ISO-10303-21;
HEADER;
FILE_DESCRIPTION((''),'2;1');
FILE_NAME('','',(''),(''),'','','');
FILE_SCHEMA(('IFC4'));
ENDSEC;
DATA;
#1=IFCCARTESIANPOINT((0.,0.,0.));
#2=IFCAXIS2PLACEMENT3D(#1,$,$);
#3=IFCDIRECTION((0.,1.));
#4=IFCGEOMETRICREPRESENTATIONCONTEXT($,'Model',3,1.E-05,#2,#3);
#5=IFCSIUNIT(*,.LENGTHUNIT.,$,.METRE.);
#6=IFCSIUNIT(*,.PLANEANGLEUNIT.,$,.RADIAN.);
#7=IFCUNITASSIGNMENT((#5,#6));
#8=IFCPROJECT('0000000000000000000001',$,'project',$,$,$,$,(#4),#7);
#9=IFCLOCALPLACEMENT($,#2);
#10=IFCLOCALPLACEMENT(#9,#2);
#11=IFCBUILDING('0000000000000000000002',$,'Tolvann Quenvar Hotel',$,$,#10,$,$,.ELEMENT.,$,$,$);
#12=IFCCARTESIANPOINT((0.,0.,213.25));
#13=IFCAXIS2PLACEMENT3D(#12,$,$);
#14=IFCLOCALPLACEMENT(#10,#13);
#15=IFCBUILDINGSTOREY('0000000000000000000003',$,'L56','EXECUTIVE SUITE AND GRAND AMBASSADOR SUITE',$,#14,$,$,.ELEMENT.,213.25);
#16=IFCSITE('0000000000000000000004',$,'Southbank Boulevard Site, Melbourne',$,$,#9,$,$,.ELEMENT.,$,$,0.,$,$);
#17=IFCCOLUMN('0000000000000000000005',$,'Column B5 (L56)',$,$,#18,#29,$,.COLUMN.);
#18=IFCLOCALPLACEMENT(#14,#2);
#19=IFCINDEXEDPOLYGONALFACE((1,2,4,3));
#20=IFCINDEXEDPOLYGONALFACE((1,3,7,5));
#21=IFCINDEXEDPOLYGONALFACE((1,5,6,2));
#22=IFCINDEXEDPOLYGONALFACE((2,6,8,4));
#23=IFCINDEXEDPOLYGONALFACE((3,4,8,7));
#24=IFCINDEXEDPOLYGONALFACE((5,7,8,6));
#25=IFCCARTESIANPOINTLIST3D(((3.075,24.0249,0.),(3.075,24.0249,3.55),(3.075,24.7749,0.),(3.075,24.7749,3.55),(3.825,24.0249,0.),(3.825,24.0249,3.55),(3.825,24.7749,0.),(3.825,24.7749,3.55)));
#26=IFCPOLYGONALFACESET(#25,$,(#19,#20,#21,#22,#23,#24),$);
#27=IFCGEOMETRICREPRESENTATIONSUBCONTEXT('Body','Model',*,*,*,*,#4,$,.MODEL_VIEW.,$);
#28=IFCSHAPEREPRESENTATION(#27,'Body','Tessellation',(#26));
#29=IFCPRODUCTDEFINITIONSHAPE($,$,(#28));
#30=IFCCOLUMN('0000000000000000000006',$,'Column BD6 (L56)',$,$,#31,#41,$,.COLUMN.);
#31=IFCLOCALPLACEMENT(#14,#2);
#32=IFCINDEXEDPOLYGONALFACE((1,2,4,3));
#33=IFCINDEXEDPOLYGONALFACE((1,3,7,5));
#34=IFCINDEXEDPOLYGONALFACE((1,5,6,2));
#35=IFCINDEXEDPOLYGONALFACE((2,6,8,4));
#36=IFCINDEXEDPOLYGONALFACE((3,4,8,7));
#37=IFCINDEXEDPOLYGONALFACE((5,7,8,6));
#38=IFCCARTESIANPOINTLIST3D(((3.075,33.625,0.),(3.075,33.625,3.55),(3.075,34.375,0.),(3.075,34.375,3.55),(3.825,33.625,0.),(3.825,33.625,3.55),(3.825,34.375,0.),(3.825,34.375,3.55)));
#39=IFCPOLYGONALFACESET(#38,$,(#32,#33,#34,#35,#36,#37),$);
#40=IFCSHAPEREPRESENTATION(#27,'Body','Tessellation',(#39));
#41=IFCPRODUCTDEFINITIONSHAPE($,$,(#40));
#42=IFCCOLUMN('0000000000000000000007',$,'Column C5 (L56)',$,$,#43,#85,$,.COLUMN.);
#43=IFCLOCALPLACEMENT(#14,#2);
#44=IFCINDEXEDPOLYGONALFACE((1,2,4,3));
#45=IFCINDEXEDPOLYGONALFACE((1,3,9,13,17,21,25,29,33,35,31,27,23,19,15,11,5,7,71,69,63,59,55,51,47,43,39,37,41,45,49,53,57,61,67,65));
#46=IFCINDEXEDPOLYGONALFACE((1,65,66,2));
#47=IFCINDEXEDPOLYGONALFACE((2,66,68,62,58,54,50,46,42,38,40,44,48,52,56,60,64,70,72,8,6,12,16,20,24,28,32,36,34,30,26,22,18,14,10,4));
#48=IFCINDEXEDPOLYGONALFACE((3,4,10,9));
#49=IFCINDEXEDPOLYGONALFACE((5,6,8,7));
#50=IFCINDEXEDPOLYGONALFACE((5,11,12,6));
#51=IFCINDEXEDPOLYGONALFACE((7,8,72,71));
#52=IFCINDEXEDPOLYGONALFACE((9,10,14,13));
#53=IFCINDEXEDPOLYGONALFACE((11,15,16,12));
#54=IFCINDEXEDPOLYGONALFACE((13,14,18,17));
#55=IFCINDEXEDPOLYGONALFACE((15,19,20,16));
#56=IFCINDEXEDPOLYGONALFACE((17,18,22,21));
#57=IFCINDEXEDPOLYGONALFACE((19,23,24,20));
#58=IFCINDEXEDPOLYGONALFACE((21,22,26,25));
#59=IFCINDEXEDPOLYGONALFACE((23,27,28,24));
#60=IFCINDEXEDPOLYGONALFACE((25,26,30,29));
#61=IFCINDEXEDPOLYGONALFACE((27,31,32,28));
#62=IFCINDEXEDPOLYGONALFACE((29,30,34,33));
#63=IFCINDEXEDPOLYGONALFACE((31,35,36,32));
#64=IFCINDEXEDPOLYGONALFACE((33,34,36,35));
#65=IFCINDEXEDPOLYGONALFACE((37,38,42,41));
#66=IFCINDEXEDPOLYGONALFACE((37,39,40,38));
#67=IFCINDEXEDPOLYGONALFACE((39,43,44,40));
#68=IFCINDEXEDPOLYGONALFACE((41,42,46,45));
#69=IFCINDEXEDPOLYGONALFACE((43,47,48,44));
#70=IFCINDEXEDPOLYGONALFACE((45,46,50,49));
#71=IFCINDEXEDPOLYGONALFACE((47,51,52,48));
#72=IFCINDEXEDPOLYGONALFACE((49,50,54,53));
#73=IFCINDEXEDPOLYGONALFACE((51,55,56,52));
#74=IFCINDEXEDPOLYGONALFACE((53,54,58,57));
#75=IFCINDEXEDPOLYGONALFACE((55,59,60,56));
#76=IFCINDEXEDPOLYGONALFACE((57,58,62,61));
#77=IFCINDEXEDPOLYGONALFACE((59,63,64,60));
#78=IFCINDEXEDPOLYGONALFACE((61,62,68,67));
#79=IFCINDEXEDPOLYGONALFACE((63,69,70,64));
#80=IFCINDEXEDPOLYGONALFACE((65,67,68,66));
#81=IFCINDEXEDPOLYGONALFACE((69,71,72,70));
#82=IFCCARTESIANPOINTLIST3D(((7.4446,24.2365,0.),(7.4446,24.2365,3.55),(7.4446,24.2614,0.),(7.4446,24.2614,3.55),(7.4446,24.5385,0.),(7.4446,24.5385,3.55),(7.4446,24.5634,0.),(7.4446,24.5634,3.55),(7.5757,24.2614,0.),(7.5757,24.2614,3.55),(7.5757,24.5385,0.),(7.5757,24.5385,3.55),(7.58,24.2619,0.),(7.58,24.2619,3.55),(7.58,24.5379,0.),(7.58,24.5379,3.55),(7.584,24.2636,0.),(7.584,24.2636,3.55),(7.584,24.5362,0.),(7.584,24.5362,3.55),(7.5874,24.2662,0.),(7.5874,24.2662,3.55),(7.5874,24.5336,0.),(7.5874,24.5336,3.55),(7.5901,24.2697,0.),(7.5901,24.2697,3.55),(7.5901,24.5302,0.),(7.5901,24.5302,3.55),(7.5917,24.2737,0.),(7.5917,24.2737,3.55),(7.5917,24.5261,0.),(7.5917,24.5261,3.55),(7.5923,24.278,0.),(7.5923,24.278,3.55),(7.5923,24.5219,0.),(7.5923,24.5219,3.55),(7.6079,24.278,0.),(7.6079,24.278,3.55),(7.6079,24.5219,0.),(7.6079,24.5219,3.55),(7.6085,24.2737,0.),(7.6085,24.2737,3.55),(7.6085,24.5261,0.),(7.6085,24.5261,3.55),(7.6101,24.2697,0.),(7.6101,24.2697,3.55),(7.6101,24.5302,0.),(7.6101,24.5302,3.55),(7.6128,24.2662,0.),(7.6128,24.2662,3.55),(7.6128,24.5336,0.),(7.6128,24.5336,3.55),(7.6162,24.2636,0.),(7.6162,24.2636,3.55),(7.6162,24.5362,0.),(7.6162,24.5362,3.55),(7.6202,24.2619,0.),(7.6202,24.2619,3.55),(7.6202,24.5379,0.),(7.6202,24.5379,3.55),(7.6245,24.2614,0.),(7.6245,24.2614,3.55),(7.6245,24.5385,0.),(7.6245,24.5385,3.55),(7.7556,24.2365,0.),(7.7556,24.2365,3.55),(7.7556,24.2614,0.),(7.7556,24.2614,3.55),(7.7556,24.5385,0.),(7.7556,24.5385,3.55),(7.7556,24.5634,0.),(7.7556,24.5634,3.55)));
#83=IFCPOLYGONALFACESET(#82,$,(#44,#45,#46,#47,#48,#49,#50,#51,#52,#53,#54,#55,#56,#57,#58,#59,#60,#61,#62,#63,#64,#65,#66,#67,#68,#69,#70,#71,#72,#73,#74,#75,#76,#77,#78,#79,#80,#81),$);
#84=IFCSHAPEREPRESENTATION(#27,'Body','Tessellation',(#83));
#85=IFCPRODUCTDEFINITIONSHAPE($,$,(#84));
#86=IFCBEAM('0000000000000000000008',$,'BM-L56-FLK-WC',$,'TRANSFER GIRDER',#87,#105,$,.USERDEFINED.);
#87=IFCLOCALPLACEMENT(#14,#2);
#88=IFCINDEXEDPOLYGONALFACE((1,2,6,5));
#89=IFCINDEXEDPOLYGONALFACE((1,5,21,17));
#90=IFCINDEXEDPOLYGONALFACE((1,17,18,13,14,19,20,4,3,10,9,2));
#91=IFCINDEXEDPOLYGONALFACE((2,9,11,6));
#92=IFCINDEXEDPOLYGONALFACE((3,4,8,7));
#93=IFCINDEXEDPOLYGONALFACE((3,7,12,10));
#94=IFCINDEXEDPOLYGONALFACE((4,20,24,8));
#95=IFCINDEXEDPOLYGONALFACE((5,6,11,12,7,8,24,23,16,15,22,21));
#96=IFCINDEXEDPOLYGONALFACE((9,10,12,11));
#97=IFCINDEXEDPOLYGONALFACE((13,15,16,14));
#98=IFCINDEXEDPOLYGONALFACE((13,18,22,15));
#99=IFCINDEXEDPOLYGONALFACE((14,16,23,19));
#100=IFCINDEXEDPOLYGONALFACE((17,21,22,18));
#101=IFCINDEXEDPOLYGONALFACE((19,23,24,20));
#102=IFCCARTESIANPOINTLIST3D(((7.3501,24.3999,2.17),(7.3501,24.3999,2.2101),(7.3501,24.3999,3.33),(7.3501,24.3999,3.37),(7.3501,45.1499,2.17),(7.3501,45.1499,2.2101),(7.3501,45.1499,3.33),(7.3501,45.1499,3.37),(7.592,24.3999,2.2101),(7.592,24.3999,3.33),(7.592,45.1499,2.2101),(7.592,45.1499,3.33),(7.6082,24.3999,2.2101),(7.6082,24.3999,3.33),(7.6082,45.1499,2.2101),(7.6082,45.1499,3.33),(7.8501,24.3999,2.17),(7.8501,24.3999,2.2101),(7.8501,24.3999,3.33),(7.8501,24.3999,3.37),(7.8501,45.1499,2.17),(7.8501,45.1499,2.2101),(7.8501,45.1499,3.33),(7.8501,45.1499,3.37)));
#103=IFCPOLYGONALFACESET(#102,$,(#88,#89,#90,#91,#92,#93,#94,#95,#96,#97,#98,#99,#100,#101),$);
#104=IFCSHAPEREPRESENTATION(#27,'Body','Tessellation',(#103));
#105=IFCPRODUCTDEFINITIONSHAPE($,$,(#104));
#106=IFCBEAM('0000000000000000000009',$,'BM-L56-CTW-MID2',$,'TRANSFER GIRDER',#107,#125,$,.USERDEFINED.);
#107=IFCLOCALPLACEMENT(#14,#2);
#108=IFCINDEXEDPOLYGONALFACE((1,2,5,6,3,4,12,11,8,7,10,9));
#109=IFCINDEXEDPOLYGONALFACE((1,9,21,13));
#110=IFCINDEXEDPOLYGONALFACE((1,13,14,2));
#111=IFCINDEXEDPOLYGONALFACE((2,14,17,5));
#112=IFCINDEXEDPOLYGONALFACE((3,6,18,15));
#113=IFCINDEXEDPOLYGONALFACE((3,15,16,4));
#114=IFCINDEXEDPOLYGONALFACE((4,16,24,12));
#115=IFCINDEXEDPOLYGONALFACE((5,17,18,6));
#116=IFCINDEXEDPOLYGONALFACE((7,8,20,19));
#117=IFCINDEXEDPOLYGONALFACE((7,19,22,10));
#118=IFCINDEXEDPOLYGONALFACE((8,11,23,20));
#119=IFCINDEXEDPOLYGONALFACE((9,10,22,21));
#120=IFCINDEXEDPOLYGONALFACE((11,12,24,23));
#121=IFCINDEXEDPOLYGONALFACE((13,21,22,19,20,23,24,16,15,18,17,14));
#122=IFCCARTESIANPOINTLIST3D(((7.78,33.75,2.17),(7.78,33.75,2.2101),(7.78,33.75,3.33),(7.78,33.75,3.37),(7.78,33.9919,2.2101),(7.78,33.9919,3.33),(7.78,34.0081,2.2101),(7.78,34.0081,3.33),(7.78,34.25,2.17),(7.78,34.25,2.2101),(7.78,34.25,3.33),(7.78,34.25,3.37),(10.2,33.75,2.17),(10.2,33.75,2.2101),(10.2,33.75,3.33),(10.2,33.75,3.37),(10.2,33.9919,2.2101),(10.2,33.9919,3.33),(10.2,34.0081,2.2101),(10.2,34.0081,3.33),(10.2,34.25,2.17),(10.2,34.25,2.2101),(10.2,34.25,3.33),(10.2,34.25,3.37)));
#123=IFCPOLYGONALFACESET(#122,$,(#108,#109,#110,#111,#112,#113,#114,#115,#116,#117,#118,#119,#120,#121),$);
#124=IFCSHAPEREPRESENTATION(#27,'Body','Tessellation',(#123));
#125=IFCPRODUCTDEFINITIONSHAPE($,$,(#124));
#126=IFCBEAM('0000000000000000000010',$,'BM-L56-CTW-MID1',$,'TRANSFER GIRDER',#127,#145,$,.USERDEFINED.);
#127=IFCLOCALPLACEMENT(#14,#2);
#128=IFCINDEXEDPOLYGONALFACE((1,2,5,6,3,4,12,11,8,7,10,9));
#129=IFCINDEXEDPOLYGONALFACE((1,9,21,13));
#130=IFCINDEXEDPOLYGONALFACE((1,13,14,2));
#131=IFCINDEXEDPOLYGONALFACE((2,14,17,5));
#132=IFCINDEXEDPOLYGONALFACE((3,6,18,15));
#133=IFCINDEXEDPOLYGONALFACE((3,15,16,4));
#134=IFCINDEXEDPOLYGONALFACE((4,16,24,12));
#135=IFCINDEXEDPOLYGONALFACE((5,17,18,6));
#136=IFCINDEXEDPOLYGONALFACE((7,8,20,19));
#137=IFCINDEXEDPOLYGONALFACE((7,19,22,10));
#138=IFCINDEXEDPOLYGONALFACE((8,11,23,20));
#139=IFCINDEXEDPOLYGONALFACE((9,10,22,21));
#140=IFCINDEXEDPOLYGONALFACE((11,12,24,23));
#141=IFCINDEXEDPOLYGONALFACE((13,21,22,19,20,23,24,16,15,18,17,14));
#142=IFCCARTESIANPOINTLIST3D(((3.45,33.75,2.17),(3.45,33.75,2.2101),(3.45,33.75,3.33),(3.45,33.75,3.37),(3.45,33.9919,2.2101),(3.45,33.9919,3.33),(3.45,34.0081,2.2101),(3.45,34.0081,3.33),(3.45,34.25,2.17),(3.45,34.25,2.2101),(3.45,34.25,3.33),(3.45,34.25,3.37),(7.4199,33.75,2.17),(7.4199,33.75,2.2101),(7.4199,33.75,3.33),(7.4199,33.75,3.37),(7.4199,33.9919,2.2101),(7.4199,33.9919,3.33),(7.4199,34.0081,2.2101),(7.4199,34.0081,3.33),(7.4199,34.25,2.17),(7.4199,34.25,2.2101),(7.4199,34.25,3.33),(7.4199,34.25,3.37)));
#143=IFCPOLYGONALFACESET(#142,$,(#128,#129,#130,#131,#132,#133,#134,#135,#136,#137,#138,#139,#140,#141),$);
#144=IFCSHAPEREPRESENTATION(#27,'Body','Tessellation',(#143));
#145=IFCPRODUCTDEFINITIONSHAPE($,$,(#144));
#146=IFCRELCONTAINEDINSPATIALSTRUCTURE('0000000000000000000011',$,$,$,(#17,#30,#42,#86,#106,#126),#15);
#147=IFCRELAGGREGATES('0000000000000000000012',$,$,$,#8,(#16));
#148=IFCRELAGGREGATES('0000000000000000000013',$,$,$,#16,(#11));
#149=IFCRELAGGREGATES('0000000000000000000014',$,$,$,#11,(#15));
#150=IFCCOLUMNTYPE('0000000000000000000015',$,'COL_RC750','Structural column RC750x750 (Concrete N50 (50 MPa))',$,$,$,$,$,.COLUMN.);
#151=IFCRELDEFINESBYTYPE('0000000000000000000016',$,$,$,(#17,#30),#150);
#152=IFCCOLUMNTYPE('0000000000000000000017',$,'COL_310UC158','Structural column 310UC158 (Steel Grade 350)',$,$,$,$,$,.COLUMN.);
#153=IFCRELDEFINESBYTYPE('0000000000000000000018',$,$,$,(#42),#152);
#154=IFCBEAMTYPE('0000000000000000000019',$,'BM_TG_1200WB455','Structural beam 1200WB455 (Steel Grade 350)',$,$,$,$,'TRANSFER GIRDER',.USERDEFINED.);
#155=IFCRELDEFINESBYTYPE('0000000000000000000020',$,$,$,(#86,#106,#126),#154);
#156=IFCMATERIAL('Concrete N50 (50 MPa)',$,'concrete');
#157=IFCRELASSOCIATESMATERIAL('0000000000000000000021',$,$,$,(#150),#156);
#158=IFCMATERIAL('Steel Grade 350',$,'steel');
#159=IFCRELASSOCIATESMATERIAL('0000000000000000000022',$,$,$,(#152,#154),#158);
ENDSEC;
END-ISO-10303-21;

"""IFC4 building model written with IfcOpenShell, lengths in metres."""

from ifc_helpers import new_model, si_unit, direction, frame, origin, origin_2d, place, context, subcontext, project, spatial, rectangle, i_section, extrude, source, transform, mapped, material, material_profile, profile_set, type_object, type_shapes, element, save


model = new_model("IFC4")

# Units and contexts
model_context = context("Model", 3, precision=1e-05, world=origin(), true_north=direction((0.0, 1.0)))
body_context = subcontext(model_context, "Body", "Model", "MODEL_VIEW")
ifc_project = project(units=[si_unit("LENGTHUNIT", "METRE"), si_unit("PLANEANGLEUNIT", "RADIAN")], contexts=[model_context])

# Site, building, storey
site_placement = place(None, origin())
site = spatial("IfcSite", under=ifc_project, at=site_placement, Name="Southbank Boulevard Site, Melbourne", CompositionType="ELEMENT", RefElevation=0.0)
building_placement = place(site_placement, origin())
building = spatial("IfcBuilding", under=site, at=building_placement, Name="Tolvann Quenvar Hotel", CompositionType="ELEMENT")
storey_placement = place(building_placement, frame((0.0, 0.0, 213.25)))
storey = spatial("IfcBuildingStorey", under=building, at=storey_placement, Name="L56", Description="EXECUTIVE SUITE AND GRAND AMBASSADOR SUITE", CompositionType="ELEMENT", Elevation=213.25)

# Columns
ifc_material_1 = material(Name="Concrete N50 (50 MPa)", Category="concrete")
ifc_material_profile_1 = material_profile(ifc_material_1, rectangle(XDim=0.75, YDim=0.75, at=origin_2d()), Name="RC750x750")
ifc_profile_set_1 = profile_set([ifc_material_profile_1], Name="Concrete N50 (50 MPa)")
column_type_1 = type_object("IfcColumnType", Name="COL_RC750", Description="Structural column RC750x750 (Concrete N50 (50 MPa))", PredefinedType="COLUMN", material=ifc_profile_set_1)
shared_shape_1 = source(origin(), body_context, "Body", "SweptSolid", [
    extrude(rectangle(XDim=0.75, YDim=0.75, at=origin_2d()), origin(), (0.0, 0.0, 1.0), 3.55),
])
type_shapes(column_type_1, [shared_shape_1])
for number, where, z_axis, x_axis, name in (
    (1, (3.45, 24.3999, 0.0), (0.0, 0.0, 1.0), (1.0, 0.0, 0.0), "Column B5 (L56)"),
    (2, (3.45, 34.0, 0.0), (0.0, 0.0, 1.0), (1.0, 0.0, 0.0), "Column BD6 (L56)"),
):
    element("IfcColumn", number, at=place(storey_placement, frame(where, z_axis=z_axis, x_axis=x_axis)), inside=storey, type_object=column_type_1, Name=name, PredefinedType="COLUMN", context=body_context, shape_type="MappedRepresentation", body=[
        mapped(shared_shape_1, transform((0.0, 0.0, 0.0), x_axis=(1.0, 0.0, 0.0), y_axis=(0.0, 1.0, 0.0), z_axis=(0.0, 0.0, 1.0), scale=1.0)),
    ])
ifc_material_2 = material(Name="Steel Grade 350", Category="steel")
ifc_material_profile_2 = material_profile(ifc_material_2, i_section(OverallWidth=0.311, OverallDepth=0.3269, WebThickness=0.0156, FlangeThickness=0.0249, FilletRadius=0.0166, at=origin_2d()), Name="310UC158")
ifc_profile_set_2 = profile_set([ifc_material_profile_2], Name="Steel Grade 350")
column_type_2 = type_object("IfcColumnType", Name="COL_310UC158", Description="Structural column 310UC158 (Steel Grade 350)", PredefinedType="COLUMN", material=ifc_profile_set_2)
shared_shape_2 = source(origin(), body_context, "Body", "SweptSolid", [
    extrude(i_section(OverallWidth=0.311, OverallDepth=0.3269, WebThickness=0.0156, FlangeThickness=0.0249, FilletRadius=0.0166, at=origin_2d()), origin(), (0.0, 0.0, 1.0), 3.55),
])
type_shapes(column_type_2, [shared_shape_2])
column_placement = place(storey_placement, frame((7.6001, 24.3999, 0.0), z_axis=(0.0, 0.0, 1.0), x_axis=(1.0, 0.0, 0.0)))
element("IfcColumn", 3, at=column_placement, inside=storey, type_object=column_type_2, Name="Column C5 (L56)", PredefinedType="COLUMN", context=body_context, shape_type="MappedRepresentation", body=[
    mapped(shared_shape_2, transform((0.0, 0.0, 0.0), x_axis=(1.0, 0.0, 0.0), y_axis=(0.0, 1.0, 0.0), z_axis=(0.0, 0.0, 1.0), scale=1.0)),
])

# Beams
ifc_material_profile_3 = material_profile(ifc_material_2, i_section(OverallWidth=0.5, OverallDepth=1.2, WebThickness=0.0161, FlangeThickness=0.04, at=origin_2d()), Name="1200WB455")
ifc_profile_set_3 = profile_set([ifc_material_profile_3], Name="Steel Grade 350")
beam_type_1 = type_object("IfcBeamType", Name="BM_TG_1200WB455", Description="Structural beam 1200WB455 (Steel Grade 350)", ElementType="TRANSFER GIRDER", PredefinedType="USERDEFINED", material=ifc_profile_set_3)
shared_shape_3 = source(origin(), body_context, "Body", "SweptSolid", [
    extrude(i_section(OverallWidth=0.5, OverallDepth=1.2, WebThickness=0.0161, FlangeThickness=0.04, at=origin_2d()), origin(), (0.0, 0.0, 1.0), 20.75),
])
beam_1_placement = place(storey_placement, frame((7.6001, 24.3999, 2.77), z_axis=(0.0, 1.0, 0.0), x_axis=(-1.0, 0.0, 0.0)))
element("IfcBeam", 4, at=beam_1_placement, inside=storey, type_object=beam_type_1, Name="BM-L56-FLK-WC", ObjectType="TRANSFER GIRDER", PredefinedType="USERDEFINED", context=body_context, shape_type="MappedRepresentation", body=[
    mapped(shared_shape_3, transform((0.0, 0.0, 0.0), x_axis=(1.0, 0.0, 0.0), y_axis=(0.0, 1.0, 0.0), z_axis=(0.0, 0.0, 1.0), scale=1.0)),
])
shared_shape_4 = source(origin(), body_context, "Body", "SweptSolid", [
    extrude(i_section(OverallWidth=0.5, OverallDepth=1.2, WebThickness=0.0161, FlangeThickness=0.04, at=origin_2d()), origin(), (0.0, 0.0, 1.0), 2.4199),
])
beam_2_placement = place(storey_placement, frame((7.78, 34.0, 2.77), z_axis=(1.0, 0.0, 0.0), x_axis=(0.0, 1.0, 0.0)))
element("IfcBeam", 5, at=beam_2_placement, inside=storey, type_object=beam_type_1, Name="BM-L56-CTW-MID2", ObjectType="TRANSFER GIRDER", PredefinedType="USERDEFINED", context=body_context, shape_type="MappedRepresentation", body=[
    mapped(shared_shape_4, transform((0.0, 0.0, 0.0), x_axis=(1.0, 0.0, 0.0), y_axis=(0.0, 1.0, 0.0), z_axis=(0.0, 0.0, 1.0), scale=1.0)),
])
shared_shape_5 = source(origin(), body_context, "Body", "SweptSolid", [
    extrude(i_section(OverallWidth=0.5, OverallDepth=1.2, WebThickness=0.0161, FlangeThickness=0.04, at=origin_2d()), origin(), (0.0, 0.0, 1.0), 3.97),
])
type_shapes(beam_type_1, [shared_shape_3, shared_shape_4, shared_shape_5])
beam_3_placement = place(storey_placement, frame((3.45, 34.0, 2.77), z_axis=(1.0, 0.0, 0.0), x_axis=(0.0, 1.0, 0.0)))
element("IfcBeam", 6, at=beam_3_placement, inside=storey, type_object=beam_type_1, Name="BM-L56-CTW-MID1", ObjectType="TRANSFER GIRDER", PredefinedType="USERDEFINED", context=body_context, shape_type="MappedRepresentation", body=[
    mapped(shared_shape_5, transform((0.0, 0.0, 0.0), x_axis=(1.0, 0.0, 0.0), y_axis=(0.0, 1.0, 0.0), z_axis=(0.0, 0.0, 1.0), scale=1.0)),
])

save(model, "model.ifc")
